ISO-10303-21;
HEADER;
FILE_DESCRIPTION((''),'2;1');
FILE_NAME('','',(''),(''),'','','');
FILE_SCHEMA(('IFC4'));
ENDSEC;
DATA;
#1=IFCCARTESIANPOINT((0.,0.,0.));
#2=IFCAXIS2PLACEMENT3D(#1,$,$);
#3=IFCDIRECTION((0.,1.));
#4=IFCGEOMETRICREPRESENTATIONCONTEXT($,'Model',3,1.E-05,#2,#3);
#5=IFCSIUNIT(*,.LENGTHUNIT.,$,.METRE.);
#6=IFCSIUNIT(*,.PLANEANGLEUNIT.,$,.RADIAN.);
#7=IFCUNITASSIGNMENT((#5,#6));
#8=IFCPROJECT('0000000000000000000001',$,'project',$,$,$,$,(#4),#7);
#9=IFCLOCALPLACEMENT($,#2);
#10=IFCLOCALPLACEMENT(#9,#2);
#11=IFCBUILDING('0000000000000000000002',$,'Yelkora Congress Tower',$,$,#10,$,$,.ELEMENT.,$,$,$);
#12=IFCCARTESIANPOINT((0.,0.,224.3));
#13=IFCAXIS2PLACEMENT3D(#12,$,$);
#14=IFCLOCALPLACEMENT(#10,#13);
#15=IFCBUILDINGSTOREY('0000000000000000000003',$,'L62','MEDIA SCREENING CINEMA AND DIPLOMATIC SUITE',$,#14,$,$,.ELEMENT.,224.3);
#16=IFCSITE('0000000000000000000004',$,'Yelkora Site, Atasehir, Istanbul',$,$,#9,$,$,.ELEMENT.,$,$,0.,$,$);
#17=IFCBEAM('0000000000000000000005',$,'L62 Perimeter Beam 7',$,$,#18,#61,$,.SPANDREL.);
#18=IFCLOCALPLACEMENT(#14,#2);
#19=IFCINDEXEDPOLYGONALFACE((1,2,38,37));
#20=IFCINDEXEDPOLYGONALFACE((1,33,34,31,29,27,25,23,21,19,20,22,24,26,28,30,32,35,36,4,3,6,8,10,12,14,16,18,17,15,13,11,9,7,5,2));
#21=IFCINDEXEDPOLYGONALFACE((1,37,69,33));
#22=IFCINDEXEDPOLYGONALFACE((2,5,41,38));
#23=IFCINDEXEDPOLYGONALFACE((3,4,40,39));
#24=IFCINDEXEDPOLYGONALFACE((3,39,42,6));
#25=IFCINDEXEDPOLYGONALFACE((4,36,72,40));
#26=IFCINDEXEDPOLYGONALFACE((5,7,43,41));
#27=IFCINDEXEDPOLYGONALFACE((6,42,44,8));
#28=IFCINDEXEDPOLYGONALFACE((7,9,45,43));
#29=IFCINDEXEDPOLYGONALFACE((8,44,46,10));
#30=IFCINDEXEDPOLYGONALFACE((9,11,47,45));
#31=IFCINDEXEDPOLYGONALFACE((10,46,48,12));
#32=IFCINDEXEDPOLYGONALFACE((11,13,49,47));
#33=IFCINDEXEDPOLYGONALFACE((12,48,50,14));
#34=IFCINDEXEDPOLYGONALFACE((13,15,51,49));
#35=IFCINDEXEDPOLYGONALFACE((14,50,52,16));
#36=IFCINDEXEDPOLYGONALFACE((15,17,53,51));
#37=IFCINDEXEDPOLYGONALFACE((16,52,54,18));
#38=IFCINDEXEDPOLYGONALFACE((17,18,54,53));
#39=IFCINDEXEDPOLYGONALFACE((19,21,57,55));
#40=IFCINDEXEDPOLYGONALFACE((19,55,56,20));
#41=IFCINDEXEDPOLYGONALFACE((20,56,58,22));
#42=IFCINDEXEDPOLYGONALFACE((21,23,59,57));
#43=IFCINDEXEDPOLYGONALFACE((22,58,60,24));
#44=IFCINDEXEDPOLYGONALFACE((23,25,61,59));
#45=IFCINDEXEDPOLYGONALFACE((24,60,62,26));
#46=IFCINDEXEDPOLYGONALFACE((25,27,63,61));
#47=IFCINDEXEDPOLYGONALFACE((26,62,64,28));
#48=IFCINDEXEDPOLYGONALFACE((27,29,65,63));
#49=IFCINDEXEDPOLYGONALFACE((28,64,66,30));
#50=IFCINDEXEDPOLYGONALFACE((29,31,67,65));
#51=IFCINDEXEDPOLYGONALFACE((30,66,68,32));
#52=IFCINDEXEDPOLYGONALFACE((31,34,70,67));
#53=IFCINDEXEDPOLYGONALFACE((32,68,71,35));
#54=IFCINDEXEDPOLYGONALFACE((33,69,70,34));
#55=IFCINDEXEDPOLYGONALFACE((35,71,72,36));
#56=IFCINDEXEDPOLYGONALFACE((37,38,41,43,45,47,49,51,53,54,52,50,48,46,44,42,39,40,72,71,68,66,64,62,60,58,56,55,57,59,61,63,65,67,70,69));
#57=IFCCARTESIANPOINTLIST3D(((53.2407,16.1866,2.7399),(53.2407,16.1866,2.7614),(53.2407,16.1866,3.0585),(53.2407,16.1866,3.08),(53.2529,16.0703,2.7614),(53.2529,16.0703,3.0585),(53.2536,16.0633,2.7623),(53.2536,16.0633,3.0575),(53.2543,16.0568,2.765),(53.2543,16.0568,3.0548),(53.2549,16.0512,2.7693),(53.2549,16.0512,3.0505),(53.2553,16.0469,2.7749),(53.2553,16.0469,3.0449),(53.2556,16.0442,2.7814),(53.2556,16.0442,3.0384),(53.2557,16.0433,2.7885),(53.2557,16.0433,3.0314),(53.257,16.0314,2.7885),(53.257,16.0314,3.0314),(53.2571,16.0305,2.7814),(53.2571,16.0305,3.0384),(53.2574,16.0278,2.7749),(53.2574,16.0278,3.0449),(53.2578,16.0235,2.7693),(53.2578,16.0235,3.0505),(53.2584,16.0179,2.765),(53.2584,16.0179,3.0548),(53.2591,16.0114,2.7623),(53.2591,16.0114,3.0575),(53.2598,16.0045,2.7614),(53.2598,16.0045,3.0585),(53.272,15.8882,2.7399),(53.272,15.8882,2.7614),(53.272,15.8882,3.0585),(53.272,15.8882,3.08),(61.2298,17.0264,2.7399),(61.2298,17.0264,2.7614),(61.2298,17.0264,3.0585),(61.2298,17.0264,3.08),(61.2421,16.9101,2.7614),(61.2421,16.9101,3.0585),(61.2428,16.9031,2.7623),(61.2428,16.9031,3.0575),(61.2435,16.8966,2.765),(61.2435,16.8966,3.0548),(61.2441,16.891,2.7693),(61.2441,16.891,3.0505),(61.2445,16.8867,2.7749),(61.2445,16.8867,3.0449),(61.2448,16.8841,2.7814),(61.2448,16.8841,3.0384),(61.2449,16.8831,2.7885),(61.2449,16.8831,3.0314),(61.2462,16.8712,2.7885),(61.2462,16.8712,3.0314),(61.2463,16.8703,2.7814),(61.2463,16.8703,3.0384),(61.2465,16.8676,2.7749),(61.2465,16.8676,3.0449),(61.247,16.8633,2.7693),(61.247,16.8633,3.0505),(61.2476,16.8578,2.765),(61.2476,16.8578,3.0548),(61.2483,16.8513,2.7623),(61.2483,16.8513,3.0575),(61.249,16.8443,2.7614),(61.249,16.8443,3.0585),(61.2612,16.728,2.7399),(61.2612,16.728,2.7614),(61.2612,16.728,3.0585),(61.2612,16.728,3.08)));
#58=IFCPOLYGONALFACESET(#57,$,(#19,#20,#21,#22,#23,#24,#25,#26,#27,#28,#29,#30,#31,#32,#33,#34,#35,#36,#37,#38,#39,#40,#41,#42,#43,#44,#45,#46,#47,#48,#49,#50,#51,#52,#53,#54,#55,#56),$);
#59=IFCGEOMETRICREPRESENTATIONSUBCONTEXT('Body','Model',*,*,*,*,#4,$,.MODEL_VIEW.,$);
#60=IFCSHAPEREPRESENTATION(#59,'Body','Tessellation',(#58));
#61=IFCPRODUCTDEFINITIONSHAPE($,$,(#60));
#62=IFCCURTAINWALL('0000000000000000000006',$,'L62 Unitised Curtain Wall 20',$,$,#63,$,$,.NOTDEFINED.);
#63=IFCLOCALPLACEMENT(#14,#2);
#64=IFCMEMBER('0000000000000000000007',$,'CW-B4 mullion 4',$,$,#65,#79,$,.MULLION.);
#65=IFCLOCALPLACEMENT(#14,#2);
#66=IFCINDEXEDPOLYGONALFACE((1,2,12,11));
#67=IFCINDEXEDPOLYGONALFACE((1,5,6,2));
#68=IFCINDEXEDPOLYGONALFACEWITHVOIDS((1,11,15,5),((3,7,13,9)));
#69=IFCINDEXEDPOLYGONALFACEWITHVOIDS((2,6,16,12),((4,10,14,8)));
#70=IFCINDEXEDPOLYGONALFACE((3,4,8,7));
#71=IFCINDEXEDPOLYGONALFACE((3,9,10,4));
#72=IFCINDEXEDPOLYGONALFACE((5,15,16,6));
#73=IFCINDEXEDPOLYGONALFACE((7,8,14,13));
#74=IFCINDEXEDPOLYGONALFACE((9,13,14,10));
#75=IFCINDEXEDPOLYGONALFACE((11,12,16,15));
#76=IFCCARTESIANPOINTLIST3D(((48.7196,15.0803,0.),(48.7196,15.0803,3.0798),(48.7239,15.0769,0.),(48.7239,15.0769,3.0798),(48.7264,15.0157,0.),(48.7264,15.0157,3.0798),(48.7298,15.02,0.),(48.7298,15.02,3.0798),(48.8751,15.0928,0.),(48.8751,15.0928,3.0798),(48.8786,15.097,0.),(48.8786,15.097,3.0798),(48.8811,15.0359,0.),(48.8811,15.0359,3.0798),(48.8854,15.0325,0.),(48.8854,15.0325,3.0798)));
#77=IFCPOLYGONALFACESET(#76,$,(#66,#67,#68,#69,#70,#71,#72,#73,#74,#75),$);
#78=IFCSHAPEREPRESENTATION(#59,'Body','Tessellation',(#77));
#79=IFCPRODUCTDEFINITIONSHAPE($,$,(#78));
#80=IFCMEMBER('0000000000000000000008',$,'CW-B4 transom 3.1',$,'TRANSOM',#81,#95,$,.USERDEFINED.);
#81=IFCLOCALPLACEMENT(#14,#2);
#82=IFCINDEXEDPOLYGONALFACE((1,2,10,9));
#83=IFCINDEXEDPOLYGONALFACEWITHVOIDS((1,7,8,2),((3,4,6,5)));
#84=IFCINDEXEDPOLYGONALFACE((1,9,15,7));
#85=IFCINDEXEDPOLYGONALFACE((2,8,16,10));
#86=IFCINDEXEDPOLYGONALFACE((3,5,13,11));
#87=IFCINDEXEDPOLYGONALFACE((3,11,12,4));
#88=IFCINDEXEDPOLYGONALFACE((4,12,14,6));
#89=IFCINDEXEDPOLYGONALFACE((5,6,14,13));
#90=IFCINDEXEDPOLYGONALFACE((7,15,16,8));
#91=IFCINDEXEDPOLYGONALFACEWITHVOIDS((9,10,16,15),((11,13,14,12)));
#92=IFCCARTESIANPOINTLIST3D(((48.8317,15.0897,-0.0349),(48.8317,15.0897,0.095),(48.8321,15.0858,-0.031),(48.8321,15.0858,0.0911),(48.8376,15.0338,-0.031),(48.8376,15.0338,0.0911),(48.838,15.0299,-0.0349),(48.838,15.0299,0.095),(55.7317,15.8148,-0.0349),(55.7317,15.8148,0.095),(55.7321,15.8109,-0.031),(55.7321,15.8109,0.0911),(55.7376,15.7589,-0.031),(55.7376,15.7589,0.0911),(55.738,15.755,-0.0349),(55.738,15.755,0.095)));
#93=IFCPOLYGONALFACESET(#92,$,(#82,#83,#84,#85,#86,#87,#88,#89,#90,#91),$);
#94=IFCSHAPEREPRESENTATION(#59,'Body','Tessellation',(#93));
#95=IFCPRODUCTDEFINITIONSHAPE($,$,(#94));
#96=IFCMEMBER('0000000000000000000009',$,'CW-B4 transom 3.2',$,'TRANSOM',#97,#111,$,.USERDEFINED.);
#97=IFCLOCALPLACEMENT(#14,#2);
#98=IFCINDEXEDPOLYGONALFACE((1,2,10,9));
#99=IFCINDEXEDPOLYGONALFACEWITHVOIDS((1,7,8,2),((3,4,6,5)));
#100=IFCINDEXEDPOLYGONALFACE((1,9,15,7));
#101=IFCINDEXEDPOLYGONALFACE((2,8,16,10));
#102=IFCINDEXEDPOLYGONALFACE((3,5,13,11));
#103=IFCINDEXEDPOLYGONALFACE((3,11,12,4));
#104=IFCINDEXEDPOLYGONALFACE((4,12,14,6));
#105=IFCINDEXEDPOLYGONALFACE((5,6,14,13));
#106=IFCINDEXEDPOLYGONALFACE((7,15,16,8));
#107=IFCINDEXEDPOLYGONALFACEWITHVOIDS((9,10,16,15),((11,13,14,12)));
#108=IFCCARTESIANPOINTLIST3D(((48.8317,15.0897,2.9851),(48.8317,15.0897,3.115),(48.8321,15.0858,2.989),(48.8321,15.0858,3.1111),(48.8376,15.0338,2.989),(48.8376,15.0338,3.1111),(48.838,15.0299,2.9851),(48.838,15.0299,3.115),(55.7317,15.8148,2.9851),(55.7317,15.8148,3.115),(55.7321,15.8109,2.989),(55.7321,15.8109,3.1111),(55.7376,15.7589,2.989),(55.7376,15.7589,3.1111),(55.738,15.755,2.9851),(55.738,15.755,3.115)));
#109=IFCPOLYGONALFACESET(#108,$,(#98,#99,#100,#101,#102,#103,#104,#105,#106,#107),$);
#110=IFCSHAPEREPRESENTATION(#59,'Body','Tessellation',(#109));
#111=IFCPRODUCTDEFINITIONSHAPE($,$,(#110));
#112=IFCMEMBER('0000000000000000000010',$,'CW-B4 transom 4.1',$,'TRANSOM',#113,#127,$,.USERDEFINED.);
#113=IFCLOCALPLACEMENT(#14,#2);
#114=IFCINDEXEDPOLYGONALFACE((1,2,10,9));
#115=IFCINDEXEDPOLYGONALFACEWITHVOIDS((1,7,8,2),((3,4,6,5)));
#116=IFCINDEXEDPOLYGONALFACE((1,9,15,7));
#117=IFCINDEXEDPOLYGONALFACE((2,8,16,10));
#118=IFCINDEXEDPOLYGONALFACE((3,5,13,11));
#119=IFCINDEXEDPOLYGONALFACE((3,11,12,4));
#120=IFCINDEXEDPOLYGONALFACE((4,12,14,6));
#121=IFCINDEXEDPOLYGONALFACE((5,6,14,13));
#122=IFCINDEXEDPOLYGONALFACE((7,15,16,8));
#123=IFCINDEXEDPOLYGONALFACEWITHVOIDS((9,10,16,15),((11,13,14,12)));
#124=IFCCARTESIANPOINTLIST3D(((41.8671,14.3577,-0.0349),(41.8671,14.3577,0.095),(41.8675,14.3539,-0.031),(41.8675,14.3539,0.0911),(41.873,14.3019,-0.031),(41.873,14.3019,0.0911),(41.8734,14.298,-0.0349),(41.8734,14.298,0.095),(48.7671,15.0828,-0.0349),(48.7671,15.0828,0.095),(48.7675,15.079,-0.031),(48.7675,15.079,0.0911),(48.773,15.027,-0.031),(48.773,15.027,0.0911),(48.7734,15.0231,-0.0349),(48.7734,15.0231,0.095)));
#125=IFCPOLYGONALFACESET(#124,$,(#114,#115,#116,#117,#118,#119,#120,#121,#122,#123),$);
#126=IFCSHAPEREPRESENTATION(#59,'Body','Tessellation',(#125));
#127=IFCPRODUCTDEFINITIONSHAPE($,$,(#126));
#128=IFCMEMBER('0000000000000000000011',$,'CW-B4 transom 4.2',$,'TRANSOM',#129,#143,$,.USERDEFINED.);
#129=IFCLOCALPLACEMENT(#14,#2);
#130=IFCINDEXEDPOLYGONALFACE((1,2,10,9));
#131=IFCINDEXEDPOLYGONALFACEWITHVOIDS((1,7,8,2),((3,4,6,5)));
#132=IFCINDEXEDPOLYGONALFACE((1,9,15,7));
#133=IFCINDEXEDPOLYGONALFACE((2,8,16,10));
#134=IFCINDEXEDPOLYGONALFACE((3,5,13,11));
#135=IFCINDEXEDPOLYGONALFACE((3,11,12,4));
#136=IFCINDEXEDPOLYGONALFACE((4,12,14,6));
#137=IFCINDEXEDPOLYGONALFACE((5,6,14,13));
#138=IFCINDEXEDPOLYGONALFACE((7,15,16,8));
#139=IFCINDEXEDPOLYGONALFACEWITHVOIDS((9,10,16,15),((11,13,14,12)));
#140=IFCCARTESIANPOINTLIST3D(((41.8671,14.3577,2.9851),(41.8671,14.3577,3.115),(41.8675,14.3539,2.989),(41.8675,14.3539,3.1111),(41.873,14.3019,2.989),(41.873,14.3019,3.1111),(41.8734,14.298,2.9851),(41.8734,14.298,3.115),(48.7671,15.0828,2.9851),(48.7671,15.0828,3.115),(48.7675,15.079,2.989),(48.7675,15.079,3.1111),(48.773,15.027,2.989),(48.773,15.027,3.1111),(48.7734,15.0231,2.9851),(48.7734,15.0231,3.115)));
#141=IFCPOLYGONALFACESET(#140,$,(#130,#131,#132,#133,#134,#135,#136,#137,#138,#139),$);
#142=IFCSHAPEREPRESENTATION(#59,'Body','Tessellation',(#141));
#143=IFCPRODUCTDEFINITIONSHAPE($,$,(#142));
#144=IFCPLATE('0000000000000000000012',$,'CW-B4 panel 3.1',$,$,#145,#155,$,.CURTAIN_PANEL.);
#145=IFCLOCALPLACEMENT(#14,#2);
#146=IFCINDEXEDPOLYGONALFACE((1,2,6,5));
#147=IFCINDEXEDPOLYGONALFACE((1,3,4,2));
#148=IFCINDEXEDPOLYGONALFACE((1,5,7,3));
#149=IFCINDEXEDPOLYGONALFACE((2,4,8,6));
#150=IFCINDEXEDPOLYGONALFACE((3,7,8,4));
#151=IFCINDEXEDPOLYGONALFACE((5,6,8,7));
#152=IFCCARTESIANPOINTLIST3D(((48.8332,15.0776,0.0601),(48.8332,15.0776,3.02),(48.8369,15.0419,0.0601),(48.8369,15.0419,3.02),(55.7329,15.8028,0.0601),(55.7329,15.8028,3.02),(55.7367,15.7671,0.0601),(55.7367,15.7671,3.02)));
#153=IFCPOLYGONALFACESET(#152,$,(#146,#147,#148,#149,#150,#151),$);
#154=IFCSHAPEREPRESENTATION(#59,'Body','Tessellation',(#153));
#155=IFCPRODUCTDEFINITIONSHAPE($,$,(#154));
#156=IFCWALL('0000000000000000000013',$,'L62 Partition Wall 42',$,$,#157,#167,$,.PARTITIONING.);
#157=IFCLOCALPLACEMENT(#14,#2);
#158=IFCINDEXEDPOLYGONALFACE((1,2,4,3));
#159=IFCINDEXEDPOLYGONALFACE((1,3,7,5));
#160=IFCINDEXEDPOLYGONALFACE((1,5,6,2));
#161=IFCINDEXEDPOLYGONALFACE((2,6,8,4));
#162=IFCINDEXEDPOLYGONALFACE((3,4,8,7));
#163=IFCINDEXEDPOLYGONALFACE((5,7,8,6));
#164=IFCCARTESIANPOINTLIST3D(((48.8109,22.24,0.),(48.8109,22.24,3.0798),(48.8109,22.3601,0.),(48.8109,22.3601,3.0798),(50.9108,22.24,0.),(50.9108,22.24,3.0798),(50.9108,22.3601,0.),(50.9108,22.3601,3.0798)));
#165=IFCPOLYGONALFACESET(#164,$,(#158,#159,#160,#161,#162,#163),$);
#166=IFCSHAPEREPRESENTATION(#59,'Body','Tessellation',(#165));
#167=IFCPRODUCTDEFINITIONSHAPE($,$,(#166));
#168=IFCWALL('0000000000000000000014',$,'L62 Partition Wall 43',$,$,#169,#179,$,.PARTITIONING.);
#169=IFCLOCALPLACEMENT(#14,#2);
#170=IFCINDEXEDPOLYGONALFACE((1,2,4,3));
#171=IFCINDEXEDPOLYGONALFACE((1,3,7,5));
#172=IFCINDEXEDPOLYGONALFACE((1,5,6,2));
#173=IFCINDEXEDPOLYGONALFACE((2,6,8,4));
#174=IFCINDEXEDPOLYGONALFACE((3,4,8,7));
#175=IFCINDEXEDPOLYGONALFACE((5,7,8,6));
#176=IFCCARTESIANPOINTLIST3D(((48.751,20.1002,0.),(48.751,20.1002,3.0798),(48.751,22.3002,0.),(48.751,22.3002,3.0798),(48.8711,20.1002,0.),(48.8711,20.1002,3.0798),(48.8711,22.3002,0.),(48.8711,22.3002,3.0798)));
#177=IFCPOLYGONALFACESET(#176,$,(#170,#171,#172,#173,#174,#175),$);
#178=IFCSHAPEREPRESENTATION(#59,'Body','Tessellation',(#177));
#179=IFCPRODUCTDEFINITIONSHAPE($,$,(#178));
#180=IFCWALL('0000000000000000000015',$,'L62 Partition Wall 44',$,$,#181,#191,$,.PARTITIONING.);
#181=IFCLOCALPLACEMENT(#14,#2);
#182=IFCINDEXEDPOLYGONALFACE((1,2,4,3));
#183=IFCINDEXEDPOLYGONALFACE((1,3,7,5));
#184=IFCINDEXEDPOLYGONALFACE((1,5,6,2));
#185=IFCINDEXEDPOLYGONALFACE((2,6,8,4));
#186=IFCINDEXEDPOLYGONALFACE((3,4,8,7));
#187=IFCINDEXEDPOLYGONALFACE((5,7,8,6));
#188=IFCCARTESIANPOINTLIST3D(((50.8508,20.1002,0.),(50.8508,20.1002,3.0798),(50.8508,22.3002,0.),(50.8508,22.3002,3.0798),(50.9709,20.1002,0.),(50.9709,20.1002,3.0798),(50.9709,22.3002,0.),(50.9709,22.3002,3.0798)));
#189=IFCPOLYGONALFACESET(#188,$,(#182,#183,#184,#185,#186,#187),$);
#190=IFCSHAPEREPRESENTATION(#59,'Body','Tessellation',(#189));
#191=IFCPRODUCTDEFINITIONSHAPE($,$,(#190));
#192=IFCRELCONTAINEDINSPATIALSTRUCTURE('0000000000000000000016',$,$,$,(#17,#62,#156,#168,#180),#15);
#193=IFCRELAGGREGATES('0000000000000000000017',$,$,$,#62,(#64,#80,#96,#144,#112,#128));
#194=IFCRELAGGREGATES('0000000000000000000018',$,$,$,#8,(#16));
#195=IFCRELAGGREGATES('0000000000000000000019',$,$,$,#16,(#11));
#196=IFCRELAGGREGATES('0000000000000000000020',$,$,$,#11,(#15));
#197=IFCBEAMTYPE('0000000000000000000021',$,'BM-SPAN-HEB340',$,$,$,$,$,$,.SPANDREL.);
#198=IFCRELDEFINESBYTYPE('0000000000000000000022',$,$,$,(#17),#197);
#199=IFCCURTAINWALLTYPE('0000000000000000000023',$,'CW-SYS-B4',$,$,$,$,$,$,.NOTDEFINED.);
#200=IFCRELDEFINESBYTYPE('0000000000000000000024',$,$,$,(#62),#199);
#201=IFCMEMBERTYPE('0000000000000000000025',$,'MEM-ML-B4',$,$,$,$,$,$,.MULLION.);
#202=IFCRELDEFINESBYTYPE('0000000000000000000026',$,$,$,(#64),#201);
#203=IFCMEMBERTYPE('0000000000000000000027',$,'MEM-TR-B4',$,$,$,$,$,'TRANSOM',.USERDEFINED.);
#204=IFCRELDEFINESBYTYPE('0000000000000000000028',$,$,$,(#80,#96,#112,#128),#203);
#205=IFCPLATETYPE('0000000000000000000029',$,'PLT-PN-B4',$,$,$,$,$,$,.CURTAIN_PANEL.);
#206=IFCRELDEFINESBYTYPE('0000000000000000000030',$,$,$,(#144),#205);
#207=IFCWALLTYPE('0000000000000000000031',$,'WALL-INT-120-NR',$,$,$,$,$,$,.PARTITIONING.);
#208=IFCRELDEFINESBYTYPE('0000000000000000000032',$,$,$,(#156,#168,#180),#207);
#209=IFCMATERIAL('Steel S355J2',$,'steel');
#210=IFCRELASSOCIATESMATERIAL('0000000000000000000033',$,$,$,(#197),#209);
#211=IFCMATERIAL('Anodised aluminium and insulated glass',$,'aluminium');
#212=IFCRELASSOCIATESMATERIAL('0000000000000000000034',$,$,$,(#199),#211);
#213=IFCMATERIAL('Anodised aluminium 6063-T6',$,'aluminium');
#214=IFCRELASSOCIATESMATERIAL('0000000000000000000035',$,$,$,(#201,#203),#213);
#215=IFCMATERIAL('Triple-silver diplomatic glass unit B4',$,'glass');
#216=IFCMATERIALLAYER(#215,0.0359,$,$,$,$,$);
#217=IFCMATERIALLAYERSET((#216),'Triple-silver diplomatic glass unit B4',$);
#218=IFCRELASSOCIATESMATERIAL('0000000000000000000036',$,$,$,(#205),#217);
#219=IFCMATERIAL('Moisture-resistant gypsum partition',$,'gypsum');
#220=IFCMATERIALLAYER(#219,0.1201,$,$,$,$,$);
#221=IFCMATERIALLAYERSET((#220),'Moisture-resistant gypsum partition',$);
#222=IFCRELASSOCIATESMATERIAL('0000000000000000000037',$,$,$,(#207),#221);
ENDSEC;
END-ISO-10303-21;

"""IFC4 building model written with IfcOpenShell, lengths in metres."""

from ifc_helpers import new_model, si_unit, direction, frame, frame_2d, origin, origin_2d, place, context, subcontext, project, spatial, rectangle, hollow_rectangle, i_section, extrude, material, layer, layer_set, material_profile, profile_set, type_object, element, aggregate, save


model = new_model("IFC4")

# Units and contexts
model_context = context("Model", 3, precision=1e-05, world=origin(), true_north=direction((0.0, 1.0)))
body_context = subcontext(model_context, "Body", "Model", "MODEL_VIEW")
ifc_project = project(units=[si_unit("LENGTHUNIT", "METRE"), si_unit("PLANEANGLEUNIT", "RADIAN")], contexts=[model_context])

# Site, building, storey
site_placement = place(None, origin())
site = spatial("IfcSite", under=ifc_project, at=site_placement, Name="Yelkora Site, Atasehir, Istanbul", CompositionType="ELEMENT", RefElevation=0.0)
building_placement = place(site_placement, origin())
building = spatial("IfcBuilding", under=site, at=building_placement, Name="Yelkora Congress Tower", CompositionType="ELEMENT")
storey_placement = place(building_placement, frame((0.0, 0.0, 224.3)))
storey = spatial("IfcBuildingStorey", under=building, at=storey_placement, Name="L62", Description="MEDIA SCREENING CINEMA AND DIPLOMATIC SUITE", CompositionType="ELEMENT", Elevation=224.3)

# Shared definitions
ifc_material_1 = material(Name="Steel S355J2", Category="steel")

# Beam
ifc_material_profile_1 = material_profile(ifc_material_1, i_section(OverallWidth=0.3, OverallDepth=0.3401, WebThickness=0.012, FlangeThickness=0.0215, FilletRadius=0.0271, at=origin_2d()), Name="HEB 340")
ifc_profile_set_1 = profile_set([ifc_material_profile_1], Name="Steel S355J2")
beam_type_1 = type_object("IfcBeamType", Name="BM-SPAN-HEB340", PredefinedType="SPANDREL", material=ifc_profile_set_1)
beam_1_placement = place(storey_placement, frame((53.2563, 16.0374, 2.9099), z_axis=(0.99452, 0.104546, 0.0), x_axis=(-0.104546, 0.99452, 0.0)))
element("IfcBeam", 1, at=beam_1_placement, inside=storey, type_object=beam_type_1, Name="L62 Perimeter Beam 7", PredefinedType="SPANDREL", context=body_context, shape_type="SweptSolid", body=[
    extrude(i_section(OverallWidth=0.3, OverallDepth=0.3401, WebThickness=0.012, FlangeThickness=0.0215, FilletRadius=0.0271, at=origin_2d()), origin(), (0.0, 0.0, 1.0), 8.0332),
])

# Curtain wall, members, plate
ifc_material_2 = material(Name="Anodised aluminium and insulated glass", Category="aluminium")
curtain_wall_type = type_object("IfcCurtainWallType", Name="CW-SYS-B4", PredefinedType="NOTDEFINED", material=ifc_material_2)
curtain_wall_placement = place(storey_placement, origin())
curtain_wall = element("IfcCurtainWall", 2, at=curtain_wall_placement, inside=storey, type_object=curtain_wall_type, Name="L62 Unitised Curtain Wall 20", PredefinedType="NOTDEFINED")
ifc_material_3 = material(Name="Anodised aluminium 6063-T6", Category="aluminium")
ifc_material_profile_2 = material_profile(ifc_material_3, hollow_rectangle(XDim=0.0649, YDim=0.1599, WallThickness=0.0039, at=origin_2d()), Name="ALU 65x160x4")
ifc_profile_set_2 = profile_set([ifc_material_profile_2], Name="Anodised aluminium 6063-T6")
member_type_1 = type_object("IfcMemberType", Name="MEM-ML-B4", PredefinedType="MULLION", material=ifc_profile_set_2)
member_1_placement = place(storey_placement, frame((48.8025, 15.0564, 0.0), z_axis=(0.0, 0.0, 1.0), x_axis=(0.104527, -0.994522, 0.0)))
member_1 = element("IfcMember", 3, at=member_1_placement, type_object=member_type_1, Name="CW-B4 mullion 4", PredefinedType="MULLION", context=body_context, shape_type="SweptSolid", body=[
    extrude(hollow_rectangle(XDim=0.0649, YDim=0.1599, WallThickness=0.0039, at=origin_2d()), origin(), (0.0, 0.0, 1.0), 3.0798),
])
ifc_material_profile_3 = material_profile(ifc_material_3, hollow_rectangle(XDim=0.0601, YDim=0.1299, WallThickness=0.0039, at=origin_2d()), Name="ALU 60x130x4")
ifc_profile_set_3 = profile_set([ifc_material_profile_3], Name="Anodised aluminium 6063-T6")
member_type_2 = type_object("IfcMemberType", Name="MEM-TR-B4", ElementType="TRANSOM", PredefinedType="USERDEFINED", material=ifc_profile_set_3)
member_2_placement = place(storey_placement, frame((55.7349, 15.7849, 0.03), z_axis=(-0.994524, -0.104513, 0.0), x_axis=(0.104513, -0.994524, 0.0)))
member_2 = element("IfcMember", 4, at=member_2_placement, type_object=member_type_2, Name="CW-B4 transom 3.1", ObjectType="TRANSOM", PredefinedType="USERDEFINED", context=body_context, shape_type="SweptSolid", body=[
    extrude(hollow_rectangle(XDim=0.0601, YDim=0.1299, WallThickness=0.0039, at=origin_2d()), origin(), (0.0, 0.0, 1.0), 6.938),
])
member_3_placement = place(storey_placement, frame((55.7349, 15.7849, 3.05), z_axis=(-0.994524, -0.104513, 0.0), x_axis=(0.104513, -0.994524, 0.0)))
member_3 = element("IfcMember", 5, at=member_3_placement, type_object=member_type_2, Name="CW-B4 transom 3.2", ObjectType="TRANSOM", PredefinedType="USERDEFINED", context=body_context, shape_type="SweptSolid", body=[
    extrude(hollow_rectangle(XDim=0.0601, YDim=0.1299, WallThickness=0.0039, at=origin_2d()), origin(), (0.0, 0.0, 1.0), 6.938),
])
member_4_placement = place(storey_placement, frame((48.7703, 15.053, 0.03), z_axis=(-0.994524, -0.104513, 0.0), x_axis=(0.104513, -0.994524, 0.0)))
member_4 = element("IfcMember", 6, at=member_4_placement, type_object=member_type_2, Name="CW-B4 transom 4.1", ObjectType="TRANSOM", PredefinedType="USERDEFINED", context=body_context, shape_type="SweptSolid", body=[
    extrude(hollow_rectangle(XDim=0.0601, YDim=0.1299, WallThickness=0.0039, at=origin_2d()), origin(), (0.0, 0.0, 1.0), 6.938),
])
member_5_placement = place(storey_placement, frame((48.7703, 15.053, 3.05), z_axis=(-0.994524, -0.104513, 0.0), x_axis=(0.104513, -0.994524, 0.0)))
member_5 = element("IfcMember", 7, at=member_5_placement, type_object=member_type_2, Name="CW-B4 transom 4.2", ObjectType="TRANSOM", PredefinedType="USERDEFINED", context=body_context, shape_type="SweptSolid", body=[
    extrude(hollow_rectangle(XDim=0.0601, YDim=0.1299, WallThickness=0.0039, at=origin_2d()), origin(), (0.0, 0.0, 1.0), 6.938),
])
ifc_material_4 = material(Name="Triple-silver diplomatic glass unit B4", Category="glass")
ifc_layer_1 = layer(ifc_material_4, 0.0359)
ifc_layer_set_1 = layer_set([ifc_layer_1], Name="Triple-silver diplomatic glass unit B4")
plate_type = type_object("IfcPlateType", Name="PLT-PN-B4", PredefinedType="CURTAIN_PANEL", material=ifc_layer_set_1)
plate_placement = place(storey_placement, frame((52.2849, 15.4224, 0.0601), z_axis=(0.0, 0.0, 1.0), x_axis=(-0.994522, -0.104527, 0.0)))
plate = element("IfcPlate", 8, at=plate_placement, type_object=plate_type, Name="CW-B4 panel 3.1", PredefinedType="CURTAIN_PANEL", context=body_context, shape_type="SweptSolid", body=[
    extrude(rectangle(XDim=6.9377, YDim=0.0359, at=origin_2d()), origin(), (0.0, 0.0, 1.0), 2.96),
])
aggregate(curtain_wall, [member_1, member_2, member_3, plate, member_4, member_5])

# Walls
ifc_material_5 = material(Name="Moisture-resistant gypsum partition", Category="gypsum")
ifc_layer_2 = layer(ifc_material_5, 0.1201)
ifc_layer_set_2 = layer_set([ifc_layer_2], Name="Moisture-resistant gypsum partition")
wall_type_1 = type_object("IfcWallType", Name="WALL-INT-120-NR", PredefinedType="PARTITIONING", material=ifc_layer_set_2)
wall_1_placement = place(storey_placement, frame((48.811, 22.3, 0.0), z_axis=(0.0, 0.0, 1.0), x_axis=(1.0, 0.0, 0.0)))
element("IfcWall", 9, at=wall_1_placement, inside=storey, type_object=wall_type_1, Name="L62 Partition Wall 42", PredefinedType="PARTITIONING", context=body_context, shape_type="SweptSolid", body=[
    extrude(rectangle(XDim=2.0999, YDim=0.1201, at=frame_2d((1.0498, 0.0))), origin(), (0.0, 0.0, 1.0), 3.0798),
])
for number, where, z_axis, x_axis, name in (
    (10, (48.811, 20.1001, 0.0), (0.0, 0.0, 1.0), (0.0, 1.0, 0.0), "L62 Partition Wall 43"),
    (11, (50.9109, 20.1001, 0.0), (0.0, 0.0, 1.0), (0.0, 1.0, 0.0), "L62 Partition Wall 44"),
):
    element("IfcWall", number, at=place(storey_placement, frame(where, z_axis=z_axis, x_axis=x_axis)), inside=storey, type_object=wall_type_1, Name=name, PredefinedType="PARTITIONING", context=body_context, shape_type="SweptSolid", body=[
        extrude(rectangle(XDim=2.2, YDim=0.1201, at=frame_2d((1.1001, 0.0))), origin(), (0.0, 0.0, 1.0), 3.0798),
    ])

save(model, "model.ifc")
